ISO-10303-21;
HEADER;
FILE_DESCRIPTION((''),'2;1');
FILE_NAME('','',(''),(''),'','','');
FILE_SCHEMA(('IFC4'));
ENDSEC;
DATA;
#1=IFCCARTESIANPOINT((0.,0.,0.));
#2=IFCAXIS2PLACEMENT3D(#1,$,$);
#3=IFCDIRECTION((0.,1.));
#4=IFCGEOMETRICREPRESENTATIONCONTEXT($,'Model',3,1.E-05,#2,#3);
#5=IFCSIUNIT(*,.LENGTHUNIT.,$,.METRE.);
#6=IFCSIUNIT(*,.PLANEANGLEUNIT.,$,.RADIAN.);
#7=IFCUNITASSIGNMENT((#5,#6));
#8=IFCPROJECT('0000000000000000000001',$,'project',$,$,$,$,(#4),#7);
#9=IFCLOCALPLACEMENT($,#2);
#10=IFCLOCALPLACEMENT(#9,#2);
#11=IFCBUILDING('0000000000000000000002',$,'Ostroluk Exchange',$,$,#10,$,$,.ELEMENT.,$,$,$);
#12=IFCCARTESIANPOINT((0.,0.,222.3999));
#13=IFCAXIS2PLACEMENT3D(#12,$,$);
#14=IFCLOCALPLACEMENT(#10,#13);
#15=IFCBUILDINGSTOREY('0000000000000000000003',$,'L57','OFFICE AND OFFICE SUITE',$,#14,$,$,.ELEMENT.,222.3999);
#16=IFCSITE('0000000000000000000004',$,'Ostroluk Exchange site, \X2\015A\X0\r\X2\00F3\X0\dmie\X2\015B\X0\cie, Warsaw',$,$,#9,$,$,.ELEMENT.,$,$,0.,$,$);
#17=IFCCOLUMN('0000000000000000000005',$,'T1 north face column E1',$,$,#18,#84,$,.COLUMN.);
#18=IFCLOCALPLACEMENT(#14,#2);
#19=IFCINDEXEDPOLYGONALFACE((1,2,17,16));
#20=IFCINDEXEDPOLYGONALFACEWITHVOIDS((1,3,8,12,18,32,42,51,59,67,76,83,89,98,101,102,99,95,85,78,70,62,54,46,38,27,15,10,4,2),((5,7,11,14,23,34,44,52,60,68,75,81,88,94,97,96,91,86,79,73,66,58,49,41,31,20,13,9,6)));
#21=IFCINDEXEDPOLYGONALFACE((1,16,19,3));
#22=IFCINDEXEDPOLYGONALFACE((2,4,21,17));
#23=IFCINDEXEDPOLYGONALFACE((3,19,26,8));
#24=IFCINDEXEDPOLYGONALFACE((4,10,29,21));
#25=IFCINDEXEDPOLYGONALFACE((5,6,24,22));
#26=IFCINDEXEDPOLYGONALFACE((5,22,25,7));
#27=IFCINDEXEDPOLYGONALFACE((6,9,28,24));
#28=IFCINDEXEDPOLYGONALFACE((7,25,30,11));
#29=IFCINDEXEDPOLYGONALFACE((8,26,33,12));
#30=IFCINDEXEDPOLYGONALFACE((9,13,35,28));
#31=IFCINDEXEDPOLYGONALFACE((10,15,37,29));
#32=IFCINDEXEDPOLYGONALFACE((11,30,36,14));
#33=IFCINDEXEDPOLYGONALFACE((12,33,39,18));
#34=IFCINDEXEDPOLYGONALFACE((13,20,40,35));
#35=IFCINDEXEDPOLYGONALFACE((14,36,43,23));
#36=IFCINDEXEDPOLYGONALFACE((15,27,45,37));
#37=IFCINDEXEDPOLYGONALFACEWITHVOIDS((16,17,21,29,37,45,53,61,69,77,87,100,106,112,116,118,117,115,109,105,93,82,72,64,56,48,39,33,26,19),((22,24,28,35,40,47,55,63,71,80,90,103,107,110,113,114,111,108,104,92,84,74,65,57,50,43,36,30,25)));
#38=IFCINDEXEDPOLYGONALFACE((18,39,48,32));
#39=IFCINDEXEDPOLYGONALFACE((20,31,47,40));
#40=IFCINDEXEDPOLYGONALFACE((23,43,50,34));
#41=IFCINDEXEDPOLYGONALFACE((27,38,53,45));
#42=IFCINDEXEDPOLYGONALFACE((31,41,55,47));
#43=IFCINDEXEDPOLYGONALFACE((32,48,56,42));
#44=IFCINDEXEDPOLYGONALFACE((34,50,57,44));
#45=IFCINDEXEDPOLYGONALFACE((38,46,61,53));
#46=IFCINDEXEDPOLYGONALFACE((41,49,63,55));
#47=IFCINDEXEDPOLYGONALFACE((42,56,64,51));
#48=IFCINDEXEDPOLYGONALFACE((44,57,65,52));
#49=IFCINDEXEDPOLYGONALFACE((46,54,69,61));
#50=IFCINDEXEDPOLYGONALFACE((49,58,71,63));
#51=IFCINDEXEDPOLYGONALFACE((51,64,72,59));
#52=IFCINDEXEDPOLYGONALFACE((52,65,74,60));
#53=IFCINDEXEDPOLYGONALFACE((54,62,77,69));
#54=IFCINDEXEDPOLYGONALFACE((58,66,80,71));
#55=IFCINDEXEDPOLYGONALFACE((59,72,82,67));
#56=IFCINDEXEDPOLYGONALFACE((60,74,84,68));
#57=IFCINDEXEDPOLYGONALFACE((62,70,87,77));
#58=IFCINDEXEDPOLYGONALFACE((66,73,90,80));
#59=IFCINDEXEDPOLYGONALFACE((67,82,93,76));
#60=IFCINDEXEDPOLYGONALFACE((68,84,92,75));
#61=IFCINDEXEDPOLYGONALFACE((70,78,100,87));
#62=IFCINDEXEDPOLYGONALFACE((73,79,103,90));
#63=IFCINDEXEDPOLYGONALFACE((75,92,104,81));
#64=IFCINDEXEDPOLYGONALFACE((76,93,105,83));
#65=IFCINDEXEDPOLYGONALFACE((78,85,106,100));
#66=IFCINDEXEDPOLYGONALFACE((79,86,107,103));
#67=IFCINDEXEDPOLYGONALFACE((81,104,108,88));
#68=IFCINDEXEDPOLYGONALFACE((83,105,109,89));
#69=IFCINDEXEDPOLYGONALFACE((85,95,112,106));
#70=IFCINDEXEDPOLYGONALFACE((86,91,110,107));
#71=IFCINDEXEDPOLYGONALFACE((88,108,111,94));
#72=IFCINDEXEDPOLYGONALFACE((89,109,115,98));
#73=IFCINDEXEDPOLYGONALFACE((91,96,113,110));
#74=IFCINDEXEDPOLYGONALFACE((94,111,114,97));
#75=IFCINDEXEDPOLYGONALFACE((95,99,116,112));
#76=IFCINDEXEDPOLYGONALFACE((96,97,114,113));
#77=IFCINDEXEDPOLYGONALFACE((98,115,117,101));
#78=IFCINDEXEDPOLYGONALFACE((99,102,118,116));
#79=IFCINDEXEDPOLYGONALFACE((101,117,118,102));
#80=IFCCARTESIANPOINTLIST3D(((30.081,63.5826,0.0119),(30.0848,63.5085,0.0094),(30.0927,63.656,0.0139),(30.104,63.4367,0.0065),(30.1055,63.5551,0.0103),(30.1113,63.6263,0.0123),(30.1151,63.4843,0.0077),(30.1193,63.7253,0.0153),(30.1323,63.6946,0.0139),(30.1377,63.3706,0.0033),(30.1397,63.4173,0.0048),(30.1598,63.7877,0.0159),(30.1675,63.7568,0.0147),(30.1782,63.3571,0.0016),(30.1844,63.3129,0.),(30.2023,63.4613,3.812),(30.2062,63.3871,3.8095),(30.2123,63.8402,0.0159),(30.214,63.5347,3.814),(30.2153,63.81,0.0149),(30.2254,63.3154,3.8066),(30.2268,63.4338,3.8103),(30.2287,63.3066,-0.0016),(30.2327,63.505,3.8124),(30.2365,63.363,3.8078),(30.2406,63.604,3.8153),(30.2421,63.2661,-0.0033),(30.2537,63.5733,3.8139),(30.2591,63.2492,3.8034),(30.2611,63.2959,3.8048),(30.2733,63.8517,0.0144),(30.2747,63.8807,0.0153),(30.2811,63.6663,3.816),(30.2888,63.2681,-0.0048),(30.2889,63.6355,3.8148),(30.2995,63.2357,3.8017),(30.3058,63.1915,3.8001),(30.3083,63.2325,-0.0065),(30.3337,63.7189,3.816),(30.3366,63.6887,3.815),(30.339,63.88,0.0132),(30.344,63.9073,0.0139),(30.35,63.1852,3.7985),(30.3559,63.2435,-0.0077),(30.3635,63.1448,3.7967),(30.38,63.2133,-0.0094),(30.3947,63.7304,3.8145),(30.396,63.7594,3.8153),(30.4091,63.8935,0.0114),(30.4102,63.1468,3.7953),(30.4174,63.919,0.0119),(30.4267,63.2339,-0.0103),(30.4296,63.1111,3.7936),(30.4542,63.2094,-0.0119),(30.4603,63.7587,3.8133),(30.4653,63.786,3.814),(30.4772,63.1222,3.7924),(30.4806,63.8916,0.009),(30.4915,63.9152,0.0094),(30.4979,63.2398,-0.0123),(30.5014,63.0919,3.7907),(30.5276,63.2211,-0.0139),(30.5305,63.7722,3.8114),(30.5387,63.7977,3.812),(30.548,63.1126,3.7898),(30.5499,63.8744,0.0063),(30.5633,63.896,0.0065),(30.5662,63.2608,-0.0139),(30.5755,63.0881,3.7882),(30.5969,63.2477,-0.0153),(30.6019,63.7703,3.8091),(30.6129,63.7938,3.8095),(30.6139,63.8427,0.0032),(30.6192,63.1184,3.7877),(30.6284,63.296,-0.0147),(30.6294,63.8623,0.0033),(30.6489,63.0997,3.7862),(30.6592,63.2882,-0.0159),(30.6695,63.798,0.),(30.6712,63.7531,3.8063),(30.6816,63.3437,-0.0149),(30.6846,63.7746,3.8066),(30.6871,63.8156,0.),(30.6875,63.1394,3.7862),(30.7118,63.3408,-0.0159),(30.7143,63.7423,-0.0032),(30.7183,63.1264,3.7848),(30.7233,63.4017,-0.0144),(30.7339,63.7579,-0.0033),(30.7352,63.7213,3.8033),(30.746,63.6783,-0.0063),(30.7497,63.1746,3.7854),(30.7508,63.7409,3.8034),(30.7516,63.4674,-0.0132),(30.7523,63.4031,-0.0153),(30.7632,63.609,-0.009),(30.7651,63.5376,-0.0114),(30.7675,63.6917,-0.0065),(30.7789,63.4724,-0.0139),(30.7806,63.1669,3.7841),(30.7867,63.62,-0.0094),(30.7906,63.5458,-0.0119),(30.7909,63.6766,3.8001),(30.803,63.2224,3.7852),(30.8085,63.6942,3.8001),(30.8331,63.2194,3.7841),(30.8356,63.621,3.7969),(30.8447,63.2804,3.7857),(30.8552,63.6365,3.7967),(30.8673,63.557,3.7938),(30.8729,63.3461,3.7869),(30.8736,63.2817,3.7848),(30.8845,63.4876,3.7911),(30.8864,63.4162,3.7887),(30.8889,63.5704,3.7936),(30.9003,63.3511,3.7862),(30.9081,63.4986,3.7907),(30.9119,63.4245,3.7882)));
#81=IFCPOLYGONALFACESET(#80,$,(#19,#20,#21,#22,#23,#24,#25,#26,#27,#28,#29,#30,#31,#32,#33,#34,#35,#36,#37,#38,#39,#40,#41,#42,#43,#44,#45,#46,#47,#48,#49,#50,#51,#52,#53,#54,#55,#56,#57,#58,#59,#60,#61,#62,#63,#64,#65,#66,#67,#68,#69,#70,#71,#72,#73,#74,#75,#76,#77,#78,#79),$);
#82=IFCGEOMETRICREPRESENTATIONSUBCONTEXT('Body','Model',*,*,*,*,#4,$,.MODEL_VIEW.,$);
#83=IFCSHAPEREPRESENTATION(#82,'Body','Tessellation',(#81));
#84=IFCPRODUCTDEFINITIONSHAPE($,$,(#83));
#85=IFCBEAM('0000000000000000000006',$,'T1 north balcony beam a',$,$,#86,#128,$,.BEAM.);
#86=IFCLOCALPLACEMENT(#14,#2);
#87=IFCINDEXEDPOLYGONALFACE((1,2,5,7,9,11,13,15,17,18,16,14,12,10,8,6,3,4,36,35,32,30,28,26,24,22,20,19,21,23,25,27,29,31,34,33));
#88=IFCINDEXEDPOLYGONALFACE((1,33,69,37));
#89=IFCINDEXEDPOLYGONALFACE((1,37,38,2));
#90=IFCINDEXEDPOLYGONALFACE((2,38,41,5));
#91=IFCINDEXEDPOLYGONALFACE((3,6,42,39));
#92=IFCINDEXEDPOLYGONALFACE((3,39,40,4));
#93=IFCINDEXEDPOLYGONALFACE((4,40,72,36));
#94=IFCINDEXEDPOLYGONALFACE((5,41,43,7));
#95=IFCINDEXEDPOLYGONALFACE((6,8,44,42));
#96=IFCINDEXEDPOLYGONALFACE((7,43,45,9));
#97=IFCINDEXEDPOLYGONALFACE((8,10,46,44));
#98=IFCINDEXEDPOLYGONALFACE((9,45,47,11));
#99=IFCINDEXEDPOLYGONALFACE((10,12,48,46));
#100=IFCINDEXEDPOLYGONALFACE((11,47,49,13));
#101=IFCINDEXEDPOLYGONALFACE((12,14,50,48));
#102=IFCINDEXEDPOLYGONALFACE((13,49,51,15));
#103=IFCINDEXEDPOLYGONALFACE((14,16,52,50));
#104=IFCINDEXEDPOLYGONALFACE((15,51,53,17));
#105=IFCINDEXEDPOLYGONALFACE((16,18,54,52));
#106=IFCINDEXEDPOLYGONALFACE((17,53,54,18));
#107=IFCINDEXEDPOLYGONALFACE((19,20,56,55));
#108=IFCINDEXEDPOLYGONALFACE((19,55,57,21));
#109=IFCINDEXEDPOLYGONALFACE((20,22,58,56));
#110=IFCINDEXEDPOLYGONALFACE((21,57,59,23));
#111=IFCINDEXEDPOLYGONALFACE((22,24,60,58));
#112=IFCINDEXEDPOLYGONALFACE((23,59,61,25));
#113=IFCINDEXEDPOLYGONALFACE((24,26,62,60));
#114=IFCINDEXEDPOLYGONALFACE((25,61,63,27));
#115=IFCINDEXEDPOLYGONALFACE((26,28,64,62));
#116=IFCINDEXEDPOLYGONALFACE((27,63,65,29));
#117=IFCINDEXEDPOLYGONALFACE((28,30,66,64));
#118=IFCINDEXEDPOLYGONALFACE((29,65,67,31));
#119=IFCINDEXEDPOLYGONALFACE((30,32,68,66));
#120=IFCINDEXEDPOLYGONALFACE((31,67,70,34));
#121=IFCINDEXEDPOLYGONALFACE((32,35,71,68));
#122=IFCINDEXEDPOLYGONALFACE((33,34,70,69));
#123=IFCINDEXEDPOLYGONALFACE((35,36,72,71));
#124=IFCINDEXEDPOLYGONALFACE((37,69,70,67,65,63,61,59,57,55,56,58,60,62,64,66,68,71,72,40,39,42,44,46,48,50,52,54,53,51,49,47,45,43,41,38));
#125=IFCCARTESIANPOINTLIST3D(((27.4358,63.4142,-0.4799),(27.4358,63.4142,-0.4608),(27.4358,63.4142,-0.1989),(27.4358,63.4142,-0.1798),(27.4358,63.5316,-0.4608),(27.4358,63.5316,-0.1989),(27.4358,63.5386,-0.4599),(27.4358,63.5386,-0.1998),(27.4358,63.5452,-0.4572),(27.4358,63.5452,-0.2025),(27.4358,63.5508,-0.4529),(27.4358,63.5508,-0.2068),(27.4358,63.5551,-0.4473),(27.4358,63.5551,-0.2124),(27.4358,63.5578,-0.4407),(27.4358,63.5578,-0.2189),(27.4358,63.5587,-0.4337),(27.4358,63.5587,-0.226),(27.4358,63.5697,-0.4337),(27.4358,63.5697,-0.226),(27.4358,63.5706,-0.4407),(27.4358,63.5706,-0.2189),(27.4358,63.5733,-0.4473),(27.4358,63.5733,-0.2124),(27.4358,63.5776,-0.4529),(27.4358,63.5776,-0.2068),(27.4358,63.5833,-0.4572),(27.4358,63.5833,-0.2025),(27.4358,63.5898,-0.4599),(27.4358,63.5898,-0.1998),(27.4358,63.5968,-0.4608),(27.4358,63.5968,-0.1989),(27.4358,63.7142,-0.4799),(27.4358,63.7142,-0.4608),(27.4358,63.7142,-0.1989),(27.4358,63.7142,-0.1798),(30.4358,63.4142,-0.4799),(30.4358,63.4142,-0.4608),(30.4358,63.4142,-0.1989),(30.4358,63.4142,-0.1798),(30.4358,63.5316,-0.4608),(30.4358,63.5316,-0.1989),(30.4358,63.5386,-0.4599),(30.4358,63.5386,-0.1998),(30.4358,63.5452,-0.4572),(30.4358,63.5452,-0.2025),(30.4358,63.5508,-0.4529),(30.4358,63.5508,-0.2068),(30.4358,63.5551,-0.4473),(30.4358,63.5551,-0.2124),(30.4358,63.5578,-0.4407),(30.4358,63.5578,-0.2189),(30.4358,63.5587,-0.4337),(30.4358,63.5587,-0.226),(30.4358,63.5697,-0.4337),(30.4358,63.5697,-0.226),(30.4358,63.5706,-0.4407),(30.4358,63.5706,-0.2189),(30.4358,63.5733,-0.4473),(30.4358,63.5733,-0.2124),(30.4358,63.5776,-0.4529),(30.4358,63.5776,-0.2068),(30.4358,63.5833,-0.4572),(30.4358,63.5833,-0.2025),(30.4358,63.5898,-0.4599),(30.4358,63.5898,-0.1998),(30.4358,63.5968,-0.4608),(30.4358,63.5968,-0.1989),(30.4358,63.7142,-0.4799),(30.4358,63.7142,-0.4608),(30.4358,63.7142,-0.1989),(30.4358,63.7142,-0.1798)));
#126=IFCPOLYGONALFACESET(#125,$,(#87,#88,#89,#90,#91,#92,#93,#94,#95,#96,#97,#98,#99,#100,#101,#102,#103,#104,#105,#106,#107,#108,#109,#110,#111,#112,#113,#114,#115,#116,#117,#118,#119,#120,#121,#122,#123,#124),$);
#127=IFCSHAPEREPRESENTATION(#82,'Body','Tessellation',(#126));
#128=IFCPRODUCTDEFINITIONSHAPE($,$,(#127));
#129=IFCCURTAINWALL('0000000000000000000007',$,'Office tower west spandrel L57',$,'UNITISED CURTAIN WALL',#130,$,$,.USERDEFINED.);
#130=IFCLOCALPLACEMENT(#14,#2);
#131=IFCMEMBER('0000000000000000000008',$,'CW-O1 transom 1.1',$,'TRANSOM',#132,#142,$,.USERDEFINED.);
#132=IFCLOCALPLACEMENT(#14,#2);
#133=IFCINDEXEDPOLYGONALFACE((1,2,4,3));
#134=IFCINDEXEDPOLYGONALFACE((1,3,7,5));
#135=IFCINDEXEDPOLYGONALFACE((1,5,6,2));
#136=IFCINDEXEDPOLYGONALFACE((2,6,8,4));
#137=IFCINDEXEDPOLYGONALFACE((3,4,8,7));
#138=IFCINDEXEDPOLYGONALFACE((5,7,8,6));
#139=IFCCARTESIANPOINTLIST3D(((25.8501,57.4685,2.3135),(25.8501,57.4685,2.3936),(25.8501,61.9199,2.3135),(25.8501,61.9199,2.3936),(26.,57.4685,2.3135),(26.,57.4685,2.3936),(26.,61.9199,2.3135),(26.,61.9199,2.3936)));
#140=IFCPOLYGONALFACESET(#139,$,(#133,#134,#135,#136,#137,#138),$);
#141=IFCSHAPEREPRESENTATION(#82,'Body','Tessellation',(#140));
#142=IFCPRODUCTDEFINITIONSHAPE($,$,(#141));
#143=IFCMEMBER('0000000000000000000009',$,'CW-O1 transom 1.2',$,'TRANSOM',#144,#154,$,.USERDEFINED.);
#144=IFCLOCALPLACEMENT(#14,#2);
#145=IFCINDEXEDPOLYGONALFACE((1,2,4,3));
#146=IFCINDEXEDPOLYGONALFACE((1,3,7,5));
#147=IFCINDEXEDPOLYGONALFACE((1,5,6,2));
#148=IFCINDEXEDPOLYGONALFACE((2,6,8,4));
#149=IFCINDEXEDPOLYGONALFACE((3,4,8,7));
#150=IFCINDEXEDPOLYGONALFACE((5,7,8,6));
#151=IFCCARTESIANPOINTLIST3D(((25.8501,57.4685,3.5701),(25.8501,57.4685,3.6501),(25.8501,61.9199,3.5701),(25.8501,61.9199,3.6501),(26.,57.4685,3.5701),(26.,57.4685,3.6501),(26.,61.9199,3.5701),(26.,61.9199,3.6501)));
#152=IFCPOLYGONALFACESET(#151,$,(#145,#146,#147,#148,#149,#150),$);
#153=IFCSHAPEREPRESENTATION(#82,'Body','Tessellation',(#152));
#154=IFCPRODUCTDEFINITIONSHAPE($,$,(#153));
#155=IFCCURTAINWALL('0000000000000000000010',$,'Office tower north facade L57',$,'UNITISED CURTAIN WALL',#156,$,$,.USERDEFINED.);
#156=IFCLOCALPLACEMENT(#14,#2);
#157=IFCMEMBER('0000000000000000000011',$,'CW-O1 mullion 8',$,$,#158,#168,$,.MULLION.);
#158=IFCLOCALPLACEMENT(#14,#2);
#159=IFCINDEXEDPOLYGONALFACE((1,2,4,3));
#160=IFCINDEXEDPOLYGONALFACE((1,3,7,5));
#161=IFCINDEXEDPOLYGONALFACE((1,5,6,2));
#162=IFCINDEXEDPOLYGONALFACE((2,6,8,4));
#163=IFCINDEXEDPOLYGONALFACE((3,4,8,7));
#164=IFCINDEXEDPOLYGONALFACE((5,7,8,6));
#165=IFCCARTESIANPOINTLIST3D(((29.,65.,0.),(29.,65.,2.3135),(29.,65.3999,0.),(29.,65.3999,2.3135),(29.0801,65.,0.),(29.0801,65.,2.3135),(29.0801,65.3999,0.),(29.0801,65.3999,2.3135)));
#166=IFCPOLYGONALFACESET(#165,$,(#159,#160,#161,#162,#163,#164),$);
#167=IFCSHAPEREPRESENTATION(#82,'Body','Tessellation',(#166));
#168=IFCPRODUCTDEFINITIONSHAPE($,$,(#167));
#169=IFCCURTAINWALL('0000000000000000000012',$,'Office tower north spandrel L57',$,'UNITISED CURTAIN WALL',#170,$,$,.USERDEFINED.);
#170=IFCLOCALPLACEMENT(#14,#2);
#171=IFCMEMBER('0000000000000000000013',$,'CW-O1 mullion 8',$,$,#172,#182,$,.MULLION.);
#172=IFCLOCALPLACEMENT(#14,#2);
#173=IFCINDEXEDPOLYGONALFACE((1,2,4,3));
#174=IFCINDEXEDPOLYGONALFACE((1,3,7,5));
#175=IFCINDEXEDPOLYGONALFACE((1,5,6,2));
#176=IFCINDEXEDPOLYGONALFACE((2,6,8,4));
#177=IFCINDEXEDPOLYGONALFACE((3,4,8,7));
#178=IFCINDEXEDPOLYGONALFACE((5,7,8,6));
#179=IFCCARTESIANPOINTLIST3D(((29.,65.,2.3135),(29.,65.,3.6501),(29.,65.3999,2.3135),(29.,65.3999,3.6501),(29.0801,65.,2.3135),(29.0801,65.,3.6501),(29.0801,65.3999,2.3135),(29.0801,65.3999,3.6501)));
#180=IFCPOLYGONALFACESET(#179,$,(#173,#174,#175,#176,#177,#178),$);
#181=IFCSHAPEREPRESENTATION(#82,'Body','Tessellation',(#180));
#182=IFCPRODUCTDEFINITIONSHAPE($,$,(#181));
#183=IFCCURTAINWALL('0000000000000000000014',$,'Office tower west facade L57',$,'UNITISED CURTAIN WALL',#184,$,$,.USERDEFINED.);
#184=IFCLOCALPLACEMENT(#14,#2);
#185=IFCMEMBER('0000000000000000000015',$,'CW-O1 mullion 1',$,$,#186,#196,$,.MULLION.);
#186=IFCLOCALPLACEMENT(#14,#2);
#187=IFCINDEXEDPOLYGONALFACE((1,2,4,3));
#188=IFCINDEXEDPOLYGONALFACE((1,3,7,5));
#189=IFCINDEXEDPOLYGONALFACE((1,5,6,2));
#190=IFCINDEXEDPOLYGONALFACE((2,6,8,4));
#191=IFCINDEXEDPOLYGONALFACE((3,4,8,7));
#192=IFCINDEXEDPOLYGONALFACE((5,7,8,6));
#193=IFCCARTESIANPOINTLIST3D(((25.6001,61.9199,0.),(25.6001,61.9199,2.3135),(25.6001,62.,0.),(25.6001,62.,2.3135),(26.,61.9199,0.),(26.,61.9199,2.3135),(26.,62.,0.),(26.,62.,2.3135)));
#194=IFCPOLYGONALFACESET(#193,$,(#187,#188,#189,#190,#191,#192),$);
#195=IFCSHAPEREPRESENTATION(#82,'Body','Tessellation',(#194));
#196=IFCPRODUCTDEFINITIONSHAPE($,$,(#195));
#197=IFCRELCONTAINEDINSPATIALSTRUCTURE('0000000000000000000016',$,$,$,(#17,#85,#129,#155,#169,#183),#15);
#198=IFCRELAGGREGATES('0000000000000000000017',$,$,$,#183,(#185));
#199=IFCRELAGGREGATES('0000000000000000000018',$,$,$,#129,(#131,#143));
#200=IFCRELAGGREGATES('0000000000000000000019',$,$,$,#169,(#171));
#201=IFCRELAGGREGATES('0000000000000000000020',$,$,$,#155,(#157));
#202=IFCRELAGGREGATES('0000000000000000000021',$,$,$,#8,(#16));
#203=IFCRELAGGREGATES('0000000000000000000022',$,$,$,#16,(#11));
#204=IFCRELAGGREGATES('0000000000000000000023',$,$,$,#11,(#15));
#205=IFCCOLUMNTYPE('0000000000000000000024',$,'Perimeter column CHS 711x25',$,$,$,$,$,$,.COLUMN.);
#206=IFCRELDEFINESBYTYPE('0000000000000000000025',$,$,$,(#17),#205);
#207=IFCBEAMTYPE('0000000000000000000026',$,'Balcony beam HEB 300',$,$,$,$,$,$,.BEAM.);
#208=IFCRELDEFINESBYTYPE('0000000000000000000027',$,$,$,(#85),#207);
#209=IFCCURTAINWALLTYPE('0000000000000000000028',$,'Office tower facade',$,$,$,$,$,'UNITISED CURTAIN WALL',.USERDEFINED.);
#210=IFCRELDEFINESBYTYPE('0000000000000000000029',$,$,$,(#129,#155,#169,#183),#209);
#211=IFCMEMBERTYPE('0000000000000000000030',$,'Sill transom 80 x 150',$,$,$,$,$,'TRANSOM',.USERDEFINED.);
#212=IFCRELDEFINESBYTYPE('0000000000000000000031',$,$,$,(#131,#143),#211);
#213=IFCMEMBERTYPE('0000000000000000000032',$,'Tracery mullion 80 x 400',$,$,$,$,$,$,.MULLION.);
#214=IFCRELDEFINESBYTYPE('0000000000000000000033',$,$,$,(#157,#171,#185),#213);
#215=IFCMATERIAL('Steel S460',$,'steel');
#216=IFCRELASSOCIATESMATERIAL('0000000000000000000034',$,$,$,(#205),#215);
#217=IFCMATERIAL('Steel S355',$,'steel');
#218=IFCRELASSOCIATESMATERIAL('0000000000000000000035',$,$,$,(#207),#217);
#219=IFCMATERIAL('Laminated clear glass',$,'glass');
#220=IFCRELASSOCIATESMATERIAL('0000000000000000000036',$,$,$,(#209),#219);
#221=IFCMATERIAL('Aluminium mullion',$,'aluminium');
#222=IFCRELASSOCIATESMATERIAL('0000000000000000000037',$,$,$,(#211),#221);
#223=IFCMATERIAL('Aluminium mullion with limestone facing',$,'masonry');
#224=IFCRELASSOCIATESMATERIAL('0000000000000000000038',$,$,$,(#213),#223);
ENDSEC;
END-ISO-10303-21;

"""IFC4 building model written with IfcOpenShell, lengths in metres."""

from ifc_helpers import new_model, si_unit, direction, frame, origin, origin_2d, place, context, subcontext, project, spatial, rectangle, hollow_circle, i_section, extrude, material, material_profile, profile_set, type_object, element, aggregate, save


model = new_model("IFC4")

# Units and contexts
model_context = context("Model", 3, precision=1e-05, world=origin(), true_north=direction((0.0, 1.0)))
body_context = subcontext(model_context, "Body", "Model", "MODEL_VIEW")
ifc_project = project(units=[si_unit("LENGTHUNIT", "METRE"), si_unit("PLANEANGLEUNIT", "RADIAN")], contexts=[model_context])

# Site, building, storey
site_placement = place(None, origin())
site = spatial("IfcSite", under=ifc_project, at=site_placement, Name="Ostroluk Exchange site, Śródmieście, Warsaw", CompositionType="ELEMENT", RefElevation=0.0)
building_placement = place(site_placement, origin())
building = spatial("IfcBuilding", under=site, at=building_placement, Name="Ostroluk Exchange", CompositionType="ELEMENT")
storey_placement = place(building_placement, frame((0.0, 0.0, 222.3999)))
storey = spatial("IfcBuildingStorey", under=building, at=storey_placement, Name="L57", Description="OFFICE AND OFFICE SUITE", CompositionType="ELEMENT", Elevation=222.3999)

# Column
ifc_material_1 = material(Name="Steel S460", Category="steel")
ifc_material_profile_1 = material_profile(ifc_material_1, hollow_circle(Radius=0.3555, WallThickness=0.0249, at=origin_2d()), Name="CHS 711x25")
ifc_profile_set_1 = profile_set([ifc_material_profile_1], Name="Steel S460")
column_type = type_object("IfcColumnType", Name="Perimeter column CHS 711x25", PredefinedType="COLUMN", material=ifc_profile_set_1)
column_placement = place(storey_placement, frame((30.4358, 63.5642, 0.0), z_axis=(0.031898, -0.031898, 0.998982), x_axis=(0.707107, 0.707107, 0.0)))
element("IfcColumn", 1, at=column_placement, inside=storey, type_object=column_type, Name="T1 north face column E1", PredefinedType="COLUMN", context=body_context, shape_type="SweptSolid", body=[
    extrude(hollow_circle(Radius=0.3555, WallThickness=0.0249, at=origin_2d()), origin(), (0.0, 0.0, 1.0), 3.804),
])

# Beam
ifc_material_2 = material(Name="Steel S355", Category="steel")
ifc_material_profile_2 = material_profile(ifc_material_2, i_section(OverallWidth=0.3, OverallDepth=0.3, WebThickness=0.011, FlangeThickness=0.019, FilletRadius=0.0271, at=origin_2d()), Name="HEB 300")
ifc_profile_set_2 = profile_set([ifc_material_profile_2], Name="Steel S355")
beam_type = type_object("IfcBeamType", Name="Balcony beam HEB 300", PredefinedType="BEAM", material=ifc_profile_set_2)
beam_placement = place(storey_placement, frame((30.4358, 63.5642, -0.3298), z_axis=(-1.0, 0.0, 0.0), x_axis=(0.0, -1.0, 0.0)))
element("IfcBeam", 2, at=beam_placement, inside=storey, type_object=beam_type, Name="T1 north balcony beam a", PredefinedType="BEAM", context=body_context, shape_type="SweptSolid", body=[
    extrude(i_section(OverallWidth=0.3, OverallDepth=0.3, WebThickness=0.011, FlangeThickness=0.019, FilletRadius=0.0271, at=origin_2d()), origin(), (0.0, 0.0, 1.0), 3.0),
])

# Curtain wall, members
ifc_material_3 = material(Name="Laminated clear glass", Category="glass")
curtain_wall_type = type_object("IfcCurtainWallType", Name="Office tower facade", ElementType="UNITISED CURTAIN WALL", PredefinedType="USERDEFINED", material=ifc_material_3)
curtain_wall_1_placement = place(storey_placement, origin())
curtain_wall_1 = element("IfcCurtainWall", 3, at=curtain_wall_1_placement, inside=storey, type_object=curtain_wall_type, Name="Office tower west spandrel L57", ObjectType="UNITISED CURTAIN WALL", PredefinedType="USERDEFINED")
ifc_material_4 = material(Name="Aluminium mullion", Category="aluminium")
ifc_material_profile_3 = material_profile(ifc_material_4, rectangle(XDim=0.1499, YDim=0.0801, at=origin_2d()), Name="Sill transom 80 x 150")
ifc_profile_set_3 = profile_set([ifc_material_profile_3], Name="Aluminium mullion")
member_type_1 = type_object("IfcMemberType", Name="Sill transom 80 x 150", ElementType="TRANSOM", PredefinedType="USERDEFINED", material=ifc_profile_set_3)
member_1_placement = place(storey_placement, frame((25.925, 61.9199, 2.3535), z_axis=(0.0, -1.0, 0.0), x_axis=(1.0, 0.0, 0.0)))
member_1 = element("IfcMember", 4, at=member_1_placement, type_object=member_type_1, Name="CW-O1 transom 1.1", ObjectType="TRANSOM", PredefinedType="USERDEFINED", context=body_context, shape_type="SweptSolid", body=[
    extrude(rectangle(XDim=0.1499, YDim=0.0801, at=origin_2d()), origin(), (0.0, 0.0, 1.0), 4.4514),
])
member_2_placement = place(storey_placement, frame((25.925, 61.9199, 3.6101), z_axis=(0.0, -1.0, 0.0), x_axis=(1.0, 0.0, 0.0)))
member_2 = element("IfcMember", 5, at=member_2_placement, type_object=member_type_1, Name="CW-O1 transom 1.2", ObjectType="TRANSOM", PredefinedType="USERDEFINED", context=body_context, shape_type="SweptSolid", body=[
    extrude(rectangle(XDim=0.1499, YDim=0.0801, at=origin_2d()), origin(), (0.0, 0.0, 1.0), 4.4514),
])

# Curtain walls, members
curtain_wall_2_placement = place(storey_placement, origin())
curtain_wall_2 = element("IfcCurtainWall", 6, at=curtain_wall_2_placement, inside=storey, type_object=curtain_wall_type, Name="Office tower north facade L57", ObjectType="UNITISED CURTAIN WALL", PredefinedType="USERDEFINED")
ifc_material_5 = material(Name="Aluminium mullion with limestone facing", Category="masonry")
ifc_material_profile_4 = material_profile(ifc_material_5, rectangle(XDim=0.3999, YDim=0.0801, at=origin_2d()), Name="Tracery mullion 80 x 400")
ifc_profile_set_4 = profile_set([ifc_material_profile_4], Name="Aluminium mullion with limestone facing")
member_type_2 = type_object("IfcMemberType", Name="Tracery mullion 80 x 400", PredefinedType="MULLION", material=ifc_profile_set_4)
member_3_placement = place(storey_placement, frame((29.04, 65.2, 0.0), z_axis=(0.0, 0.0, 1.0), x_axis=(0.0, -1.0, 0.0)))
member_3 = element("IfcMember", 7, at=member_3_placement, type_object=member_type_2, Name="CW-O1 mullion 8", PredefinedType="MULLION", context=body_context, shape_type="SweptSolid", body=[
    extrude(rectangle(XDim=0.3999, YDim=0.0801, at=origin_2d()), origin(), (0.0, 0.0, 1.0), 2.3135),
])
curtain_wall_3_placement = place(storey_placement, origin())
curtain_wall_3 = element("IfcCurtainWall", 8, at=curtain_wall_3_placement, inside=storey, type_object=curtain_wall_type, Name="Office tower north spandrel L57", ObjectType="UNITISED CURTAIN WALL", PredefinedType="USERDEFINED")
member_4_placement = place(storey_placement, frame((29.04, 65.2, 2.3135), z_axis=(0.0, 0.0, 1.0), x_axis=(0.0, -1.0, 0.0)))
member_4 = element("IfcMember", 9, at=member_4_placement, type_object=member_type_2, Name="CW-O1 mullion 8", PredefinedType="MULLION", context=body_context, shape_type="SweptSolid", body=[
    extrude(rectangle(XDim=0.3999, YDim=0.0801, at=origin_2d()), origin(), (0.0, 0.0, 1.0), 1.3367),
])
curtain_wall_4_placement = place(storey_placement, origin())
curtain_wall_4 = element("IfcCurtainWall", 10, at=curtain_wall_4_placement, inside=storey, type_object=curtain_wall_type, Name="Office tower west facade L57", ObjectType="UNITISED CURTAIN WALL", PredefinedType="USERDEFINED")
member_5_placement = place(storey_placement, frame((25.8, 61.96, 0.0), z_axis=(0.0, 0.0, 1.0), x_axis=(1.0, 0.0, 0.0)))
member_5 = element("IfcMember", 11, at=member_5_placement, type_object=member_type_2, Name="CW-O1 mullion 1", PredefinedType="MULLION", context=body_context, shape_type="SweptSolid", body=[
    extrude(rectangle(XDim=0.3999, YDim=0.0801, at=origin_2d()), origin(), (0.0, 0.0, 1.0), 2.3135),
])
aggregate(curtain_wall_4, [member_5])

aggregate(curtain_wall_1, [member_1, member_2])

aggregate(curtain_wall_3, [member_4])
aggregate(curtain_wall_2, [member_3])

save(model, "model.ifc")
